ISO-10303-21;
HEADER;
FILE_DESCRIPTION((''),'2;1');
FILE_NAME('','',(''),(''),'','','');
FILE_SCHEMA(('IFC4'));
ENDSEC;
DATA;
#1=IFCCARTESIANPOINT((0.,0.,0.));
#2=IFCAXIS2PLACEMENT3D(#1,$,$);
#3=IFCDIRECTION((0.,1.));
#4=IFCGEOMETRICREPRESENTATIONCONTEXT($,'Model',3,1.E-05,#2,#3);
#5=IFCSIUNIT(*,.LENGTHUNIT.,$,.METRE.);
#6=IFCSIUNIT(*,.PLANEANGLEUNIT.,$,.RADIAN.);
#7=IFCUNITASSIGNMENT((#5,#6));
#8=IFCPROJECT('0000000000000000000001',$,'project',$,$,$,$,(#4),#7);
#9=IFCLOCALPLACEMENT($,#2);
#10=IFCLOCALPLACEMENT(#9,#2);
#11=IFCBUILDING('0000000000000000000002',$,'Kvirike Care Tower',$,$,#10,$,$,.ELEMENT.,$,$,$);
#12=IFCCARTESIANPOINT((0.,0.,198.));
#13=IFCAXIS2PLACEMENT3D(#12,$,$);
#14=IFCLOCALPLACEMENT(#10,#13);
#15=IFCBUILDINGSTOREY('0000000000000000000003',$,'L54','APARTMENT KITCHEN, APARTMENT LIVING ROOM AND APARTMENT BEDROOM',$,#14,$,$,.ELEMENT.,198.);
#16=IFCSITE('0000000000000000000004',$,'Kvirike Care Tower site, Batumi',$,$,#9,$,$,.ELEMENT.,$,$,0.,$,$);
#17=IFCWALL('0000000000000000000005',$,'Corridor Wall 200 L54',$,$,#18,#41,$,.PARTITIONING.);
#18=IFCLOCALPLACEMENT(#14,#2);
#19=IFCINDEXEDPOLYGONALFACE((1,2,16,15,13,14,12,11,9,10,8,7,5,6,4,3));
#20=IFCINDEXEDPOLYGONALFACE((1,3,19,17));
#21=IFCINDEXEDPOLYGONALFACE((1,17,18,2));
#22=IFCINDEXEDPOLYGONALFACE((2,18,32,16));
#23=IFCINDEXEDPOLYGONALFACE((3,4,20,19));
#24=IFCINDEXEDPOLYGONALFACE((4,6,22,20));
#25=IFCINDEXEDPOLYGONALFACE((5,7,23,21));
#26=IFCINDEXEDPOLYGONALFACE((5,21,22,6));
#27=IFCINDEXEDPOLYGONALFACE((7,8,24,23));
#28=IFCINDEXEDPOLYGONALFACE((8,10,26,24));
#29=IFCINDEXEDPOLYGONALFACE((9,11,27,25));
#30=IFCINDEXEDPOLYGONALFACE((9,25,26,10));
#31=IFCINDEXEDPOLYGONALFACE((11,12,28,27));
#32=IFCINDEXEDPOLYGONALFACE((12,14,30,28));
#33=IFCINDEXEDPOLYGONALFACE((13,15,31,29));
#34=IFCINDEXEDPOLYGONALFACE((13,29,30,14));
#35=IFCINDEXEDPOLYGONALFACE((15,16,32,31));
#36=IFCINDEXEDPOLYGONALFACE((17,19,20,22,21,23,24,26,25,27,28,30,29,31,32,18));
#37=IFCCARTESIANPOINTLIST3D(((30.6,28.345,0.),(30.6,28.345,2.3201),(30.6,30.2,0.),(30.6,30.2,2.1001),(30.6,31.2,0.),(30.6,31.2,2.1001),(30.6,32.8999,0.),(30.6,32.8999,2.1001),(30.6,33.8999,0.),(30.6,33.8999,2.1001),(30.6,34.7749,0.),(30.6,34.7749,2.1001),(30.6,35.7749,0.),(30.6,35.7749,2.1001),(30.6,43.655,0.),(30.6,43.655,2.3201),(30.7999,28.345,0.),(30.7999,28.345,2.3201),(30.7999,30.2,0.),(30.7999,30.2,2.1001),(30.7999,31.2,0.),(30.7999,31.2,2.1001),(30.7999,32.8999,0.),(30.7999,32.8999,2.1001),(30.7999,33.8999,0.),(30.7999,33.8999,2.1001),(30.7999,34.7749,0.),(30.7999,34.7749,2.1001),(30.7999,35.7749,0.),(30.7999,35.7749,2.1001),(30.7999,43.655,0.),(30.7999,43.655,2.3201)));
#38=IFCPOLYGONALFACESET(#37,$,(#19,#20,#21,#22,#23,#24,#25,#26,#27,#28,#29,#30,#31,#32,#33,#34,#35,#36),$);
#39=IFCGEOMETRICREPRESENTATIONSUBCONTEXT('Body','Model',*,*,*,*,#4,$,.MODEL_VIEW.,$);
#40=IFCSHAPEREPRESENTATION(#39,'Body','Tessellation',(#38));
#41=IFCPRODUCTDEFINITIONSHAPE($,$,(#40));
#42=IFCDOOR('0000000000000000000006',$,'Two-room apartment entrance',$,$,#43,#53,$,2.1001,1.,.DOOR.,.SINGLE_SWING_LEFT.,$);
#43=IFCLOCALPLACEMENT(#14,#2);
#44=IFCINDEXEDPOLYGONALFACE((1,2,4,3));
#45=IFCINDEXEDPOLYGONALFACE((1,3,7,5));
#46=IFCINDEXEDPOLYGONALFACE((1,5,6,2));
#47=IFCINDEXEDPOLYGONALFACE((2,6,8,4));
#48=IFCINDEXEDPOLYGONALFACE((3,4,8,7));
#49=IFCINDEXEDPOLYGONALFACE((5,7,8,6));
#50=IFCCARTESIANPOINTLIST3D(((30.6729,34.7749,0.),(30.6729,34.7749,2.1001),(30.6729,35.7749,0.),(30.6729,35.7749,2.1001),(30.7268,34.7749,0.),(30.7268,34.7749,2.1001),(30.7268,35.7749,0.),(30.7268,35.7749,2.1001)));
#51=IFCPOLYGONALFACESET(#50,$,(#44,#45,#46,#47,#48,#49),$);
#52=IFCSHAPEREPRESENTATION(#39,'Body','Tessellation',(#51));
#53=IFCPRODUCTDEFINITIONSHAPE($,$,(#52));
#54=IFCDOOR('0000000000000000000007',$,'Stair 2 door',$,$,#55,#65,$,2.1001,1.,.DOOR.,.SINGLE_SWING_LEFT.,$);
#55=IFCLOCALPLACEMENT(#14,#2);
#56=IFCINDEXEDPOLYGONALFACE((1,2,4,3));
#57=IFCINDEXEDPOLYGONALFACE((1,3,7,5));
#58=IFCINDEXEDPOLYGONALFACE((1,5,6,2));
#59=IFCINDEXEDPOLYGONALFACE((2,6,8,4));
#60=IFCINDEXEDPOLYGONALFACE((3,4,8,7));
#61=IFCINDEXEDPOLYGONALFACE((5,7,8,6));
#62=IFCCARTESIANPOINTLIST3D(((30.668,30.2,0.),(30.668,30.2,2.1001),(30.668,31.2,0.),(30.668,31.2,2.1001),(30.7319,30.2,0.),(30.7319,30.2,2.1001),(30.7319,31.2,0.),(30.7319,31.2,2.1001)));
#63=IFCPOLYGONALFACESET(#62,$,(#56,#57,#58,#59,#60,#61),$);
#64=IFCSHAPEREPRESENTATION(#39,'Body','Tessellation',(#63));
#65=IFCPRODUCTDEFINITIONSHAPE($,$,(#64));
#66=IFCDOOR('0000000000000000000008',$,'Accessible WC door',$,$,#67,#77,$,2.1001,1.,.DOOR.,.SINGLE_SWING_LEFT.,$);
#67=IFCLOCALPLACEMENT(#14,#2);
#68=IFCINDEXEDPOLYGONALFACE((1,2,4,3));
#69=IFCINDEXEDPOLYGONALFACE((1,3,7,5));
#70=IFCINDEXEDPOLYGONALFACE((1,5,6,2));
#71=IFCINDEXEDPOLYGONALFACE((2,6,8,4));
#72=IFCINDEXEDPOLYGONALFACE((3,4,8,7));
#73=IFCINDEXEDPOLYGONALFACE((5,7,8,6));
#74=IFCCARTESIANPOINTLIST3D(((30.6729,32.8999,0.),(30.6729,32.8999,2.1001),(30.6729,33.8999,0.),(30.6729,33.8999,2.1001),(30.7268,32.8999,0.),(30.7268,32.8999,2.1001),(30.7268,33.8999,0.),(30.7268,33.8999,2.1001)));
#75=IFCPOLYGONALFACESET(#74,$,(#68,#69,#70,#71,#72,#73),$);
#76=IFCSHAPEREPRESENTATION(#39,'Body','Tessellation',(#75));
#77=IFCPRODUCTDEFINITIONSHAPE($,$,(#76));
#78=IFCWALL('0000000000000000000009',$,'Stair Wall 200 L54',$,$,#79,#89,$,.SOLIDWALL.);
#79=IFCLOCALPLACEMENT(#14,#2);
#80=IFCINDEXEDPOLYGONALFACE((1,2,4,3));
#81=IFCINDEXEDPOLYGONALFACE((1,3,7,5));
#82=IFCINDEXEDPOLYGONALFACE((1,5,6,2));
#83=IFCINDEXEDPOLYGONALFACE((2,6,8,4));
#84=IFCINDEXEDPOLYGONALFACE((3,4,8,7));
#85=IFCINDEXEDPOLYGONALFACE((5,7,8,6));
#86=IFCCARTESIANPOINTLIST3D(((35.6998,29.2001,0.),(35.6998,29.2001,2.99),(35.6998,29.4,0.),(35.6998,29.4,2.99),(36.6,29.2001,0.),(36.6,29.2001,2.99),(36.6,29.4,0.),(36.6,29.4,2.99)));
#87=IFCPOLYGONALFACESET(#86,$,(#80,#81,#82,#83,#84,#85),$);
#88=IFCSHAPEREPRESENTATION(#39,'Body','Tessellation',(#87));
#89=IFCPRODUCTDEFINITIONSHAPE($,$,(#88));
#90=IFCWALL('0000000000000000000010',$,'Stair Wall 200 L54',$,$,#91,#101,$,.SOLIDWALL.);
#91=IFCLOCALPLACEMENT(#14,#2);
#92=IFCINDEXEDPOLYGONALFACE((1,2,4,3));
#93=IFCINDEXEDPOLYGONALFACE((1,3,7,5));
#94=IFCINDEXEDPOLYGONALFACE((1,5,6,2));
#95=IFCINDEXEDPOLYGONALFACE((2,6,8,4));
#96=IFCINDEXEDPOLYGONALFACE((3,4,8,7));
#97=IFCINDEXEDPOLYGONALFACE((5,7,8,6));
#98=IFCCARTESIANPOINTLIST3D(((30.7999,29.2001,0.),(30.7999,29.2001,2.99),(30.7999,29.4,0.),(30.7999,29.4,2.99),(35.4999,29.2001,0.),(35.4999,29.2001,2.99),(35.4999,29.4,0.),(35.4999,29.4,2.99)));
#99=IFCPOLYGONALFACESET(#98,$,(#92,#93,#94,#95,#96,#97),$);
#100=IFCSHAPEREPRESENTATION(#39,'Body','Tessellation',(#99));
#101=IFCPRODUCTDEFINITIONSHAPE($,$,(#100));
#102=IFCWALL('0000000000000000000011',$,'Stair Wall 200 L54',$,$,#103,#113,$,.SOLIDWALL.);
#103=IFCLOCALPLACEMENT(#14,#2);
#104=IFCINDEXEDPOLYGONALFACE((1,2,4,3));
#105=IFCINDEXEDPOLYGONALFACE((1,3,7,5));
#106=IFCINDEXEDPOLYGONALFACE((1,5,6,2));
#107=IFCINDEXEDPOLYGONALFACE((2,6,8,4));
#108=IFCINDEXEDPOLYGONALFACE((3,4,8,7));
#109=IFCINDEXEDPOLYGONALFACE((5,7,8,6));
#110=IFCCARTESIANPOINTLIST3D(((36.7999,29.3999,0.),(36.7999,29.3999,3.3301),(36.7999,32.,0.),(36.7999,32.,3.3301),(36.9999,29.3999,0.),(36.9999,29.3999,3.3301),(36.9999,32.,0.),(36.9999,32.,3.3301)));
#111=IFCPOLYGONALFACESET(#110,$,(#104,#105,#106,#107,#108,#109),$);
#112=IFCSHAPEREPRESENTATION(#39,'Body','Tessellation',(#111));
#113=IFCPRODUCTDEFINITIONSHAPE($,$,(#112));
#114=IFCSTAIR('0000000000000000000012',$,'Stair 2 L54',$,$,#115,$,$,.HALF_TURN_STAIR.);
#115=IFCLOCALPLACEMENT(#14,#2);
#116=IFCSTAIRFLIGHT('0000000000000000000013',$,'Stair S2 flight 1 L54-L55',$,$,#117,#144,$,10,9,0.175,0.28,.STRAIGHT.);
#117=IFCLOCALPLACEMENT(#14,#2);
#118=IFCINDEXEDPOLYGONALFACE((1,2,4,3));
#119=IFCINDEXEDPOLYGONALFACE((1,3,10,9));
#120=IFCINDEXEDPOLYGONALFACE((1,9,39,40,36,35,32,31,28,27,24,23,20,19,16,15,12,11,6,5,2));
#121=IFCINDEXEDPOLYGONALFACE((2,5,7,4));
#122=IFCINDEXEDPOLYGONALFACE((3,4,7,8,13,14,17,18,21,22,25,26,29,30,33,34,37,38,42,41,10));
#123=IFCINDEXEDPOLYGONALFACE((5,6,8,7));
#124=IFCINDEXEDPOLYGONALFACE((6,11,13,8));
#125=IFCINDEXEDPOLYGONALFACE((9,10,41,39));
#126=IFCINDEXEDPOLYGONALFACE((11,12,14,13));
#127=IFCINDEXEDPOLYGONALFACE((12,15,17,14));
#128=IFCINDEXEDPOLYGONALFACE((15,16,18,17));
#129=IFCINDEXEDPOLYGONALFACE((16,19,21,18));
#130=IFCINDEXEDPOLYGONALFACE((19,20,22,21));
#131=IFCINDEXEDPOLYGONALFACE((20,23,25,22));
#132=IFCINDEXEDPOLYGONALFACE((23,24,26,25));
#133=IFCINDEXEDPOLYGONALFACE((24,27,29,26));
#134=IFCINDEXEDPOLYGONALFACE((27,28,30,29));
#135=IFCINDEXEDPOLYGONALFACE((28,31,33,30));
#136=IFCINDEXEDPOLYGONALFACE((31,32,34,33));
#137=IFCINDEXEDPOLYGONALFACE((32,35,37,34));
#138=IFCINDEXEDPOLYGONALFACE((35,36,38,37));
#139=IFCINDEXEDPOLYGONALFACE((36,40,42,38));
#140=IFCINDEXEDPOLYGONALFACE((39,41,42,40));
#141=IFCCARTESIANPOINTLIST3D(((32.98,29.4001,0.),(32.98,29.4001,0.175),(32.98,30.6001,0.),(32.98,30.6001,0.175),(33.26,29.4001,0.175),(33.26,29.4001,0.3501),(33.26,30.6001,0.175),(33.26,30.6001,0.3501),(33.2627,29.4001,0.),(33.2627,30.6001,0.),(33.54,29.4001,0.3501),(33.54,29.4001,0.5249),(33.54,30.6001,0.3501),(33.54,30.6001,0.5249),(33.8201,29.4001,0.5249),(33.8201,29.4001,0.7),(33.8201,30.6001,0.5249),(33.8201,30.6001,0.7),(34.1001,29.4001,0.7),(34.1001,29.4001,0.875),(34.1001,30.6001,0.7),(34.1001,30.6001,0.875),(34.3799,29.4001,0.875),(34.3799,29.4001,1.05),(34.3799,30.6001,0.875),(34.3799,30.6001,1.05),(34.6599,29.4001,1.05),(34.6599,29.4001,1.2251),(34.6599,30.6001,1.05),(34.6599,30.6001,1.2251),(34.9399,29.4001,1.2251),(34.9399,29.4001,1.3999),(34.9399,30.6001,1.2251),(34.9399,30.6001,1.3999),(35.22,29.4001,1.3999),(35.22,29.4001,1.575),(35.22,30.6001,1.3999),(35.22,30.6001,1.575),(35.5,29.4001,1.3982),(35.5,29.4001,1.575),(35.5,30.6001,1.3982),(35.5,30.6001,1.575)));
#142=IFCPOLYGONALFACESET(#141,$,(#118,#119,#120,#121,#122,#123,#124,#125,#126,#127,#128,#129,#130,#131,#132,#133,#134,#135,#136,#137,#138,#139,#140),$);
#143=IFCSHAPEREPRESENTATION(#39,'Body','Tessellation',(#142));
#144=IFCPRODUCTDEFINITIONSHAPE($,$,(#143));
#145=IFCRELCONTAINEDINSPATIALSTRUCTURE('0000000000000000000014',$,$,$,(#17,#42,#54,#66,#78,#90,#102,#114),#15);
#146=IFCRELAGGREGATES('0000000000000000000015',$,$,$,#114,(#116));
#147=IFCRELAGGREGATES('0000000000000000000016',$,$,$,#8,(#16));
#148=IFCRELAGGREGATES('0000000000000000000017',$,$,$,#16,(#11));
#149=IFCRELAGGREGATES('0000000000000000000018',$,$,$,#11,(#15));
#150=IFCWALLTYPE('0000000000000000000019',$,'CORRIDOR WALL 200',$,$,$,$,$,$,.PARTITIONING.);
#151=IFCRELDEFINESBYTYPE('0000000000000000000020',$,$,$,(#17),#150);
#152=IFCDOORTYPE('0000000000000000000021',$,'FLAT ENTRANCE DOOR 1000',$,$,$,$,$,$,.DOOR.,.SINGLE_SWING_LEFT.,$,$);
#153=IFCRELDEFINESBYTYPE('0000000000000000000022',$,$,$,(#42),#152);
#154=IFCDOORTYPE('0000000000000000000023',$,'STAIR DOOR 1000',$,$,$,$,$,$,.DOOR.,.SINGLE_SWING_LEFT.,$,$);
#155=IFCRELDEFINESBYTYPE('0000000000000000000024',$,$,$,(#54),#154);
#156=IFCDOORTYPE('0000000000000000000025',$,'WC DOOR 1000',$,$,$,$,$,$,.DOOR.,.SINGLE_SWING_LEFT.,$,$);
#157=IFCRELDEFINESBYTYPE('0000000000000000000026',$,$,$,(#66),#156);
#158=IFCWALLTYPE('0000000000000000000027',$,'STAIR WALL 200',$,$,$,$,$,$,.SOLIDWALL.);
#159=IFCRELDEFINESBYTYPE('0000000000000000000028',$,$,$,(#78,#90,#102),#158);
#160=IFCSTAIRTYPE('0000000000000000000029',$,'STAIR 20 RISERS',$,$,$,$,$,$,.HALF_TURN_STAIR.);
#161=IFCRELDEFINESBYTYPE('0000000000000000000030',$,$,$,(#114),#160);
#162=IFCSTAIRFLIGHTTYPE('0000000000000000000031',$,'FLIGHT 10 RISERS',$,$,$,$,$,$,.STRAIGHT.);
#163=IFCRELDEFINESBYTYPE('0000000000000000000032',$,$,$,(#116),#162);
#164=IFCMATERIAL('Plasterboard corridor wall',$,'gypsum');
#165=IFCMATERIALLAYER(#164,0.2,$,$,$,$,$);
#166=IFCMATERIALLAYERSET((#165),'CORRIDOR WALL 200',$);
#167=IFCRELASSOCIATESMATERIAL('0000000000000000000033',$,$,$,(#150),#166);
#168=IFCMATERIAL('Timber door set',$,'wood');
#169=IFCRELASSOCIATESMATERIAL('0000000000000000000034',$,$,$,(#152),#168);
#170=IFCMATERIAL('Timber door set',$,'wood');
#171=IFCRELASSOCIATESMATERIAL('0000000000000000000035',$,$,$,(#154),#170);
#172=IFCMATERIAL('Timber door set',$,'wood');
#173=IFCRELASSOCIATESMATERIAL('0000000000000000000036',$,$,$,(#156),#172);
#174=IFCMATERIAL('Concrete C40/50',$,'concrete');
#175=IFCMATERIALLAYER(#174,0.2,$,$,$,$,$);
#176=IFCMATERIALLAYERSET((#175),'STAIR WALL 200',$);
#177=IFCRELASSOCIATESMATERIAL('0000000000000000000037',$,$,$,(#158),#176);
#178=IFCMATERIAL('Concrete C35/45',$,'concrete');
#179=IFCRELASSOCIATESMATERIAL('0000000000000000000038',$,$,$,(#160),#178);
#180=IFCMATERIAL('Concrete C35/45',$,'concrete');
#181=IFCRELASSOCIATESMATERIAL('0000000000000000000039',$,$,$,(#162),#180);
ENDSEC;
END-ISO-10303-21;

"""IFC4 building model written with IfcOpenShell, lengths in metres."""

from ifc_helpers import new_model, si_unit, direction, frame, frame_2d, origin, place, context, subcontext, project, spatial, polyline, rectangle, outline, extrude, material, layer, layer_set, type_object, element, fill, aggregate, save


model = new_model("IFC4")

# Units and contexts
model_context = context("Model", 3, precision=1e-05, world=origin(), true_north=direction((0.0, 1.0)))
body_context = subcontext(model_context, "Body", "Model", "MODEL_VIEW")
ifc_project = project(units=[si_unit("LENGTHUNIT", "METRE"), si_unit("PLANEANGLEUNIT", "RADIAN")], contexts=[model_context])

# Site, building, storey
site_placement = place(None, origin())
site = spatial("IfcSite", under=ifc_project, at=site_placement, Name="Kvirike Care Tower site, Batumi", CompositionType="ELEMENT", RefElevation=0.0)
building_placement = place(site_placement, origin())
building = spatial("IfcBuilding", under=site, at=building_placement, Name="Kvirike Care Tower", CompositionType="ELEMENT")
storey_placement = place(building_placement, frame((0.0, 0.0, 198.0)))
storey = spatial("IfcBuildingStorey", under=building, at=storey_placement, Name="L54", Description="APARTMENT KITCHEN, APARTMENT LIVING ROOM AND APARTMENT BEDROOM", CompositionType="ELEMENT", Elevation=198.0)

# Wall, openings, doors
ifc_material_1 = material(Name="Plasterboard corridor wall", Category="gypsum")
ifc_layer_1 = layer(ifc_material_1, 0.2)
ifc_layer_set_1 = layer_set([ifc_layer_1], Name="CORRIDOR WALL 200")
wall_type_1 = type_object("IfcWallType", Name="CORRIDOR WALL 200", PredefinedType="PARTITIONING", material=ifc_layer_set_1)
wall_1_placement = place(storey_placement, frame((30.7, 28.345, 0.0), z_axis=(0.0, 0.0, 1.0), x_axis=(0.0, 1.0, 0.0)))
wall_1 = element("IfcWall", 1, at=wall_1_placement, inside=storey, type_object=wall_type_1, Name="Corridor Wall 200 L54", PredefinedType="PARTITIONING", context=body_context, shape_type="SweptSolid", body=[
    extrude(rectangle(XDim=15.3101, YDim=0.2, at=frame_2d((7.655, 0.0))), origin(), (0.0, 0.0, 1.0), 2.3201),
])
opening_1_placement = place(wall_1_placement, frame((1.855, 0.0, 0.0)))
opening_1 = element("IfcOpeningElement", 2, at=opening_1_placement, cuts=wall_1, PredefinedType="OPENING", context=body_context, shape_type="SweptSolid", body=[
    extrude(rectangle(XDim=1.0, YDim=2.1001, at=frame_2d((0.5, 1.05))), frame((0.0, 0.1106, 0.0), z_axis=(0.0, -1.0, 0.0), x_axis=(1.0, 0.0, 0.0)), (0.0, 0.0, 1.0), 0.2209),
])
opening_2_placement = place(wall_1_placement, frame((4.5549, 0.0, 0.0)))
opening_2 = element("IfcOpeningElement", 3, at=opening_2_placement, cuts=wall_1, PredefinedType="OPENING", context=body_context, shape_type="SweptSolid", body=[
    extrude(rectangle(XDim=1.0, YDim=2.1001, at=frame_2d((0.5, 1.05))), frame((0.0, 0.1106, 0.0), z_axis=(0.0, -1.0, 0.0), x_axis=(1.0, 0.0, 0.0)), (0.0, 0.0, 1.0), 0.2209),
])
opening_3_placement = place(wall_1_placement, frame((6.4299, 0.0, 0.0)))
opening_3 = element("IfcOpeningElement", 4, at=opening_3_placement, cuts=wall_1, PredefinedType="OPENING", context=body_context, shape_type="SweptSolid", body=[
    extrude(rectangle(XDim=1.0, YDim=2.1001, at=frame_2d((0.5, 1.05))), frame((0.0, 0.1106, 0.0), z_axis=(0.0, -1.0, 0.0), x_axis=(1.0, 0.0, 0.0)), (0.0, 0.0, 1.0), 0.2209),
])
ifc_material_2 = material(Name="Timber door set", Category="wood")
door_type_1 = type_object("IfcDoorType", Name="FLAT ENTRANCE DOOR 1000", OperationType="SINGLE_SWING_LEFT", PredefinedType="DOOR", material=ifc_material_2)
door_1_placement = place(opening_3_placement, frame((1.0, 0.0, 0.0), z_axis=(0.0, 0.0, 1.0), x_axis=(-1.0, 0.0, 0.0)))
door_1 = element("IfcDoor", 5, at=door_1_placement, inside=storey, type_object=door_type_1, Name="Two-room apartment entrance", OperationType="SINGLE_SWING_LEFT", OverallHeight=2.1001, OverallWidth=1.0, PredefinedType="DOOR", context=body_context, shape_type="SweptSolid", body=[
    extrude(rectangle(XDim=1.0, YDim=2.1001, at=frame_2d((0.5, 1.05))), frame((0.0, 0.0269, 0.0), z_axis=(0.0, -1.0, 0.0), x_axis=(1.0, 0.0, 0.0)), (0.0, 0.0, 1.0), 0.054),
])
fill(opening_3, door_1)
ifc_material_3 = material(Name="Timber door set", Category="wood")
door_type_2 = type_object("IfcDoorType", Name="STAIR DOOR 1000", OperationType="SINGLE_SWING_LEFT", PredefinedType="DOOR", material=ifc_material_3)
door_2_placement = place(opening_1_placement, frame((1.0, 0.0, 0.0), z_axis=(0.0, 0.0, 1.0), x_axis=(-1.0, 0.0, 0.0)))
door_2 = element("IfcDoor", 6, at=door_2_placement, inside=storey, type_object=door_type_2, Name="Stair 2 door", OperationType="SINGLE_SWING_LEFT", OverallHeight=2.1001, OverallWidth=1.0, PredefinedType="DOOR", context=body_context, shape_type="SweptSolid", body=[
    extrude(rectangle(XDim=1.0, YDim=2.1001, at=frame_2d((0.5, 1.05))), frame((0.0, 0.032, 0.0), z_axis=(0.0, -1.0, 0.0), x_axis=(1.0, 0.0, 0.0)), (0.0, 0.0, 1.0), 0.064),
])
fill(opening_1, door_2)
ifc_material_4 = material(Name="Timber door set", Category="wood")
door_type_3 = type_object("IfcDoorType", Name="WC DOOR 1000", OperationType="SINGLE_SWING_LEFT", PredefinedType="DOOR", material=ifc_material_4)
door_3_placement = place(opening_2_placement, frame((1.0, 0.0, 0.0), z_axis=(0.0, 0.0, 1.0), x_axis=(-1.0, 0.0, 0.0)))
door_3 = element("IfcDoor", 7, at=door_3_placement, inside=storey, type_object=door_type_3, Name="Accessible WC door", OperationType="SINGLE_SWING_LEFT", OverallHeight=2.1001, OverallWidth=1.0, PredefinedType="DOOR", context=body_context, shape_type="SweptSolid", body=[
    extrude(rectangle(XDim=1.0, YDim=2.1001, at=frame_2d((0.5, 1.05))), frame((0.0, 0.0269, 0.0), z_axis=(0.0, -1.0, 0.0), x_axis=(1.0, 0.0, 0.0)), (0.0, 0.0, 1.0), 0.054),
])
fill(opening_2, door_3)

# Walls
ifc_material_5 = material(Name="Concrete C40/50", Category="concrete")
ifc_layer_2 = layer(ifc_material_5, 0.2)
ifc_layer_set_2 = layer_set([ifc_layer_2], Name="STAIR WALL 200")
wall_type_2 = type_object("IfcWallType", Name="STAIR WALL 200", PredefinedType="SOLIDWALL", material=ifc_layer_set_2)
wall_2_placement = place(storey_placement, frame((36.6001, 29.3, 0.0), z_axis=(0.0, 0.0, 1.0), x_axis=(-1.0, 0.0, 0.0)))
element("IfcWall", 8, at=wall_2_placement, inside=storey, type_object=wall_type_2, Name="Stair Wall 200 L54", PredefinedType="SOLIDWALL", context=body_context, shape_type="SweptSolid", body=[
    extrude(rectangle(XDim=0.9001, YDim=0.2, at=frame_2d((0.4502, 0.0))), origin(), (0.0, 0.0, 1.0), 2.99),
])
wall_3_placement = place(storey_placement, frame((35.5, 29.3, 0.0), z_axis=(0.0, 0.0, 1.0), x_axis=(-1.0, 0.0, 0.0)))
element("IfcWall", 9, at=wall_3_placement, inside=storey, type_object=wall_type_2, Name="Stair Wall 200 L54", PredefinedType="SOLIDWALL", context=body_context, shape_type="SweptSolid", body=[
    extrude(rectangle(XDim=4.7, YDim=0.2, at=frame_2d((2.3501, 0.0))), origin(), (0.0, 0.0, 1.0), 2.99),
])
wall_4_placement = place(storey_placement, frame((36.8999, 29.3999, 0.0), z_axis=(0.0, 0.0, 1.0), x_axis=(0.0, 1.0, 0.0)))
element("IfcWall", 10, at=wall_4_placement, inside=storey, type_object=wall_type_2, Name="Stair Wall 200 L54", PredefinedType="SOLIDWALL", context=body_context, shape_type="SweptSolid", body=[
    extrude(rectangle(XDim=2.6001, YDim=0.2, at=frame_2d((1.3, 0.0))), origin(), (0.0, 0.0, 1.0), 3.3301),
])

# Stair, stair flight
ifc_material_6 = material(Name="Concrete C35/45", Category="concrete")
stair_type = type_object("IfcStairType", Name="STAIR 20 RISERS", PredefinedType="HALF_TURN_STAIR", material=ifc_material_6)
stair_placement = place(storey_placement, origin())
stair = element("IfcStair", 11, at=stair_placement, inside=storey, type_object=stair_type, Name="Stair 2 L54", PredefinedType="HALF_TURN_STAIR")
ifc_material_7 = material(Name="Concrete C35/45", Category="concrete")
stair_flight_type = type_object("IfcStairFlightType", Name="FLIGHT 10 RISERS", PredefinedType="STRAIGHT", material=ifc_material_7)
stair_flight_1_placement = place(storey_placement, frame((32.98, 30.0, 0.0), z_axis=(0.0, 0.0, 1.0), x_axis=(1.0, 0.0, 0.0)))
stair_flight_1 = element("IfcStairFlight", 12, at=stair_flight_1_placement, type_object=stair_flight_type, Name="Stair S2 flight 1 L54-L55", NumberOfRisers=10, NumberOfTreads=9, PredefinedType="STRAIGHT", RiserHeight=0.175, TreadLength=0.28, context=body_context, shape_type="SweptSolid", body=[
    extrude(outline(polyline([(0.0, 0.0), (0.0, 0.175), (0.28, 0.175), (0.28, 0.3501), (0.5601, 0.3501), (0.5601, 0.5249), (0.8401, 0.5249), (0.8401, 0.7), (1.1201, 0.7), (1.1201, 0.875), (1.3999, 0.875), (1.3999, 1.05), (1.6799, 1.05), (1.6799, 1.2251), (1.96, 1.2251), (1.96, 1.3999), (2.24, 1.3999), (2.24, 1.575), (2.52, 1.575), (2.52, 1.75), (2.52, 1.3982), (0.2827, 0.0), (0.0, 0.0)])), frame((0.0, 0.6001, 0.0), z_axis=(0.0, -1.0, 0.0), x_axis=(1.0, 0.0, 0.0)), (0.0, 0.0, 1.0), 1.2),
])
aggregate(stair, [stair_flight_1])

save(model, "model.ifc")
